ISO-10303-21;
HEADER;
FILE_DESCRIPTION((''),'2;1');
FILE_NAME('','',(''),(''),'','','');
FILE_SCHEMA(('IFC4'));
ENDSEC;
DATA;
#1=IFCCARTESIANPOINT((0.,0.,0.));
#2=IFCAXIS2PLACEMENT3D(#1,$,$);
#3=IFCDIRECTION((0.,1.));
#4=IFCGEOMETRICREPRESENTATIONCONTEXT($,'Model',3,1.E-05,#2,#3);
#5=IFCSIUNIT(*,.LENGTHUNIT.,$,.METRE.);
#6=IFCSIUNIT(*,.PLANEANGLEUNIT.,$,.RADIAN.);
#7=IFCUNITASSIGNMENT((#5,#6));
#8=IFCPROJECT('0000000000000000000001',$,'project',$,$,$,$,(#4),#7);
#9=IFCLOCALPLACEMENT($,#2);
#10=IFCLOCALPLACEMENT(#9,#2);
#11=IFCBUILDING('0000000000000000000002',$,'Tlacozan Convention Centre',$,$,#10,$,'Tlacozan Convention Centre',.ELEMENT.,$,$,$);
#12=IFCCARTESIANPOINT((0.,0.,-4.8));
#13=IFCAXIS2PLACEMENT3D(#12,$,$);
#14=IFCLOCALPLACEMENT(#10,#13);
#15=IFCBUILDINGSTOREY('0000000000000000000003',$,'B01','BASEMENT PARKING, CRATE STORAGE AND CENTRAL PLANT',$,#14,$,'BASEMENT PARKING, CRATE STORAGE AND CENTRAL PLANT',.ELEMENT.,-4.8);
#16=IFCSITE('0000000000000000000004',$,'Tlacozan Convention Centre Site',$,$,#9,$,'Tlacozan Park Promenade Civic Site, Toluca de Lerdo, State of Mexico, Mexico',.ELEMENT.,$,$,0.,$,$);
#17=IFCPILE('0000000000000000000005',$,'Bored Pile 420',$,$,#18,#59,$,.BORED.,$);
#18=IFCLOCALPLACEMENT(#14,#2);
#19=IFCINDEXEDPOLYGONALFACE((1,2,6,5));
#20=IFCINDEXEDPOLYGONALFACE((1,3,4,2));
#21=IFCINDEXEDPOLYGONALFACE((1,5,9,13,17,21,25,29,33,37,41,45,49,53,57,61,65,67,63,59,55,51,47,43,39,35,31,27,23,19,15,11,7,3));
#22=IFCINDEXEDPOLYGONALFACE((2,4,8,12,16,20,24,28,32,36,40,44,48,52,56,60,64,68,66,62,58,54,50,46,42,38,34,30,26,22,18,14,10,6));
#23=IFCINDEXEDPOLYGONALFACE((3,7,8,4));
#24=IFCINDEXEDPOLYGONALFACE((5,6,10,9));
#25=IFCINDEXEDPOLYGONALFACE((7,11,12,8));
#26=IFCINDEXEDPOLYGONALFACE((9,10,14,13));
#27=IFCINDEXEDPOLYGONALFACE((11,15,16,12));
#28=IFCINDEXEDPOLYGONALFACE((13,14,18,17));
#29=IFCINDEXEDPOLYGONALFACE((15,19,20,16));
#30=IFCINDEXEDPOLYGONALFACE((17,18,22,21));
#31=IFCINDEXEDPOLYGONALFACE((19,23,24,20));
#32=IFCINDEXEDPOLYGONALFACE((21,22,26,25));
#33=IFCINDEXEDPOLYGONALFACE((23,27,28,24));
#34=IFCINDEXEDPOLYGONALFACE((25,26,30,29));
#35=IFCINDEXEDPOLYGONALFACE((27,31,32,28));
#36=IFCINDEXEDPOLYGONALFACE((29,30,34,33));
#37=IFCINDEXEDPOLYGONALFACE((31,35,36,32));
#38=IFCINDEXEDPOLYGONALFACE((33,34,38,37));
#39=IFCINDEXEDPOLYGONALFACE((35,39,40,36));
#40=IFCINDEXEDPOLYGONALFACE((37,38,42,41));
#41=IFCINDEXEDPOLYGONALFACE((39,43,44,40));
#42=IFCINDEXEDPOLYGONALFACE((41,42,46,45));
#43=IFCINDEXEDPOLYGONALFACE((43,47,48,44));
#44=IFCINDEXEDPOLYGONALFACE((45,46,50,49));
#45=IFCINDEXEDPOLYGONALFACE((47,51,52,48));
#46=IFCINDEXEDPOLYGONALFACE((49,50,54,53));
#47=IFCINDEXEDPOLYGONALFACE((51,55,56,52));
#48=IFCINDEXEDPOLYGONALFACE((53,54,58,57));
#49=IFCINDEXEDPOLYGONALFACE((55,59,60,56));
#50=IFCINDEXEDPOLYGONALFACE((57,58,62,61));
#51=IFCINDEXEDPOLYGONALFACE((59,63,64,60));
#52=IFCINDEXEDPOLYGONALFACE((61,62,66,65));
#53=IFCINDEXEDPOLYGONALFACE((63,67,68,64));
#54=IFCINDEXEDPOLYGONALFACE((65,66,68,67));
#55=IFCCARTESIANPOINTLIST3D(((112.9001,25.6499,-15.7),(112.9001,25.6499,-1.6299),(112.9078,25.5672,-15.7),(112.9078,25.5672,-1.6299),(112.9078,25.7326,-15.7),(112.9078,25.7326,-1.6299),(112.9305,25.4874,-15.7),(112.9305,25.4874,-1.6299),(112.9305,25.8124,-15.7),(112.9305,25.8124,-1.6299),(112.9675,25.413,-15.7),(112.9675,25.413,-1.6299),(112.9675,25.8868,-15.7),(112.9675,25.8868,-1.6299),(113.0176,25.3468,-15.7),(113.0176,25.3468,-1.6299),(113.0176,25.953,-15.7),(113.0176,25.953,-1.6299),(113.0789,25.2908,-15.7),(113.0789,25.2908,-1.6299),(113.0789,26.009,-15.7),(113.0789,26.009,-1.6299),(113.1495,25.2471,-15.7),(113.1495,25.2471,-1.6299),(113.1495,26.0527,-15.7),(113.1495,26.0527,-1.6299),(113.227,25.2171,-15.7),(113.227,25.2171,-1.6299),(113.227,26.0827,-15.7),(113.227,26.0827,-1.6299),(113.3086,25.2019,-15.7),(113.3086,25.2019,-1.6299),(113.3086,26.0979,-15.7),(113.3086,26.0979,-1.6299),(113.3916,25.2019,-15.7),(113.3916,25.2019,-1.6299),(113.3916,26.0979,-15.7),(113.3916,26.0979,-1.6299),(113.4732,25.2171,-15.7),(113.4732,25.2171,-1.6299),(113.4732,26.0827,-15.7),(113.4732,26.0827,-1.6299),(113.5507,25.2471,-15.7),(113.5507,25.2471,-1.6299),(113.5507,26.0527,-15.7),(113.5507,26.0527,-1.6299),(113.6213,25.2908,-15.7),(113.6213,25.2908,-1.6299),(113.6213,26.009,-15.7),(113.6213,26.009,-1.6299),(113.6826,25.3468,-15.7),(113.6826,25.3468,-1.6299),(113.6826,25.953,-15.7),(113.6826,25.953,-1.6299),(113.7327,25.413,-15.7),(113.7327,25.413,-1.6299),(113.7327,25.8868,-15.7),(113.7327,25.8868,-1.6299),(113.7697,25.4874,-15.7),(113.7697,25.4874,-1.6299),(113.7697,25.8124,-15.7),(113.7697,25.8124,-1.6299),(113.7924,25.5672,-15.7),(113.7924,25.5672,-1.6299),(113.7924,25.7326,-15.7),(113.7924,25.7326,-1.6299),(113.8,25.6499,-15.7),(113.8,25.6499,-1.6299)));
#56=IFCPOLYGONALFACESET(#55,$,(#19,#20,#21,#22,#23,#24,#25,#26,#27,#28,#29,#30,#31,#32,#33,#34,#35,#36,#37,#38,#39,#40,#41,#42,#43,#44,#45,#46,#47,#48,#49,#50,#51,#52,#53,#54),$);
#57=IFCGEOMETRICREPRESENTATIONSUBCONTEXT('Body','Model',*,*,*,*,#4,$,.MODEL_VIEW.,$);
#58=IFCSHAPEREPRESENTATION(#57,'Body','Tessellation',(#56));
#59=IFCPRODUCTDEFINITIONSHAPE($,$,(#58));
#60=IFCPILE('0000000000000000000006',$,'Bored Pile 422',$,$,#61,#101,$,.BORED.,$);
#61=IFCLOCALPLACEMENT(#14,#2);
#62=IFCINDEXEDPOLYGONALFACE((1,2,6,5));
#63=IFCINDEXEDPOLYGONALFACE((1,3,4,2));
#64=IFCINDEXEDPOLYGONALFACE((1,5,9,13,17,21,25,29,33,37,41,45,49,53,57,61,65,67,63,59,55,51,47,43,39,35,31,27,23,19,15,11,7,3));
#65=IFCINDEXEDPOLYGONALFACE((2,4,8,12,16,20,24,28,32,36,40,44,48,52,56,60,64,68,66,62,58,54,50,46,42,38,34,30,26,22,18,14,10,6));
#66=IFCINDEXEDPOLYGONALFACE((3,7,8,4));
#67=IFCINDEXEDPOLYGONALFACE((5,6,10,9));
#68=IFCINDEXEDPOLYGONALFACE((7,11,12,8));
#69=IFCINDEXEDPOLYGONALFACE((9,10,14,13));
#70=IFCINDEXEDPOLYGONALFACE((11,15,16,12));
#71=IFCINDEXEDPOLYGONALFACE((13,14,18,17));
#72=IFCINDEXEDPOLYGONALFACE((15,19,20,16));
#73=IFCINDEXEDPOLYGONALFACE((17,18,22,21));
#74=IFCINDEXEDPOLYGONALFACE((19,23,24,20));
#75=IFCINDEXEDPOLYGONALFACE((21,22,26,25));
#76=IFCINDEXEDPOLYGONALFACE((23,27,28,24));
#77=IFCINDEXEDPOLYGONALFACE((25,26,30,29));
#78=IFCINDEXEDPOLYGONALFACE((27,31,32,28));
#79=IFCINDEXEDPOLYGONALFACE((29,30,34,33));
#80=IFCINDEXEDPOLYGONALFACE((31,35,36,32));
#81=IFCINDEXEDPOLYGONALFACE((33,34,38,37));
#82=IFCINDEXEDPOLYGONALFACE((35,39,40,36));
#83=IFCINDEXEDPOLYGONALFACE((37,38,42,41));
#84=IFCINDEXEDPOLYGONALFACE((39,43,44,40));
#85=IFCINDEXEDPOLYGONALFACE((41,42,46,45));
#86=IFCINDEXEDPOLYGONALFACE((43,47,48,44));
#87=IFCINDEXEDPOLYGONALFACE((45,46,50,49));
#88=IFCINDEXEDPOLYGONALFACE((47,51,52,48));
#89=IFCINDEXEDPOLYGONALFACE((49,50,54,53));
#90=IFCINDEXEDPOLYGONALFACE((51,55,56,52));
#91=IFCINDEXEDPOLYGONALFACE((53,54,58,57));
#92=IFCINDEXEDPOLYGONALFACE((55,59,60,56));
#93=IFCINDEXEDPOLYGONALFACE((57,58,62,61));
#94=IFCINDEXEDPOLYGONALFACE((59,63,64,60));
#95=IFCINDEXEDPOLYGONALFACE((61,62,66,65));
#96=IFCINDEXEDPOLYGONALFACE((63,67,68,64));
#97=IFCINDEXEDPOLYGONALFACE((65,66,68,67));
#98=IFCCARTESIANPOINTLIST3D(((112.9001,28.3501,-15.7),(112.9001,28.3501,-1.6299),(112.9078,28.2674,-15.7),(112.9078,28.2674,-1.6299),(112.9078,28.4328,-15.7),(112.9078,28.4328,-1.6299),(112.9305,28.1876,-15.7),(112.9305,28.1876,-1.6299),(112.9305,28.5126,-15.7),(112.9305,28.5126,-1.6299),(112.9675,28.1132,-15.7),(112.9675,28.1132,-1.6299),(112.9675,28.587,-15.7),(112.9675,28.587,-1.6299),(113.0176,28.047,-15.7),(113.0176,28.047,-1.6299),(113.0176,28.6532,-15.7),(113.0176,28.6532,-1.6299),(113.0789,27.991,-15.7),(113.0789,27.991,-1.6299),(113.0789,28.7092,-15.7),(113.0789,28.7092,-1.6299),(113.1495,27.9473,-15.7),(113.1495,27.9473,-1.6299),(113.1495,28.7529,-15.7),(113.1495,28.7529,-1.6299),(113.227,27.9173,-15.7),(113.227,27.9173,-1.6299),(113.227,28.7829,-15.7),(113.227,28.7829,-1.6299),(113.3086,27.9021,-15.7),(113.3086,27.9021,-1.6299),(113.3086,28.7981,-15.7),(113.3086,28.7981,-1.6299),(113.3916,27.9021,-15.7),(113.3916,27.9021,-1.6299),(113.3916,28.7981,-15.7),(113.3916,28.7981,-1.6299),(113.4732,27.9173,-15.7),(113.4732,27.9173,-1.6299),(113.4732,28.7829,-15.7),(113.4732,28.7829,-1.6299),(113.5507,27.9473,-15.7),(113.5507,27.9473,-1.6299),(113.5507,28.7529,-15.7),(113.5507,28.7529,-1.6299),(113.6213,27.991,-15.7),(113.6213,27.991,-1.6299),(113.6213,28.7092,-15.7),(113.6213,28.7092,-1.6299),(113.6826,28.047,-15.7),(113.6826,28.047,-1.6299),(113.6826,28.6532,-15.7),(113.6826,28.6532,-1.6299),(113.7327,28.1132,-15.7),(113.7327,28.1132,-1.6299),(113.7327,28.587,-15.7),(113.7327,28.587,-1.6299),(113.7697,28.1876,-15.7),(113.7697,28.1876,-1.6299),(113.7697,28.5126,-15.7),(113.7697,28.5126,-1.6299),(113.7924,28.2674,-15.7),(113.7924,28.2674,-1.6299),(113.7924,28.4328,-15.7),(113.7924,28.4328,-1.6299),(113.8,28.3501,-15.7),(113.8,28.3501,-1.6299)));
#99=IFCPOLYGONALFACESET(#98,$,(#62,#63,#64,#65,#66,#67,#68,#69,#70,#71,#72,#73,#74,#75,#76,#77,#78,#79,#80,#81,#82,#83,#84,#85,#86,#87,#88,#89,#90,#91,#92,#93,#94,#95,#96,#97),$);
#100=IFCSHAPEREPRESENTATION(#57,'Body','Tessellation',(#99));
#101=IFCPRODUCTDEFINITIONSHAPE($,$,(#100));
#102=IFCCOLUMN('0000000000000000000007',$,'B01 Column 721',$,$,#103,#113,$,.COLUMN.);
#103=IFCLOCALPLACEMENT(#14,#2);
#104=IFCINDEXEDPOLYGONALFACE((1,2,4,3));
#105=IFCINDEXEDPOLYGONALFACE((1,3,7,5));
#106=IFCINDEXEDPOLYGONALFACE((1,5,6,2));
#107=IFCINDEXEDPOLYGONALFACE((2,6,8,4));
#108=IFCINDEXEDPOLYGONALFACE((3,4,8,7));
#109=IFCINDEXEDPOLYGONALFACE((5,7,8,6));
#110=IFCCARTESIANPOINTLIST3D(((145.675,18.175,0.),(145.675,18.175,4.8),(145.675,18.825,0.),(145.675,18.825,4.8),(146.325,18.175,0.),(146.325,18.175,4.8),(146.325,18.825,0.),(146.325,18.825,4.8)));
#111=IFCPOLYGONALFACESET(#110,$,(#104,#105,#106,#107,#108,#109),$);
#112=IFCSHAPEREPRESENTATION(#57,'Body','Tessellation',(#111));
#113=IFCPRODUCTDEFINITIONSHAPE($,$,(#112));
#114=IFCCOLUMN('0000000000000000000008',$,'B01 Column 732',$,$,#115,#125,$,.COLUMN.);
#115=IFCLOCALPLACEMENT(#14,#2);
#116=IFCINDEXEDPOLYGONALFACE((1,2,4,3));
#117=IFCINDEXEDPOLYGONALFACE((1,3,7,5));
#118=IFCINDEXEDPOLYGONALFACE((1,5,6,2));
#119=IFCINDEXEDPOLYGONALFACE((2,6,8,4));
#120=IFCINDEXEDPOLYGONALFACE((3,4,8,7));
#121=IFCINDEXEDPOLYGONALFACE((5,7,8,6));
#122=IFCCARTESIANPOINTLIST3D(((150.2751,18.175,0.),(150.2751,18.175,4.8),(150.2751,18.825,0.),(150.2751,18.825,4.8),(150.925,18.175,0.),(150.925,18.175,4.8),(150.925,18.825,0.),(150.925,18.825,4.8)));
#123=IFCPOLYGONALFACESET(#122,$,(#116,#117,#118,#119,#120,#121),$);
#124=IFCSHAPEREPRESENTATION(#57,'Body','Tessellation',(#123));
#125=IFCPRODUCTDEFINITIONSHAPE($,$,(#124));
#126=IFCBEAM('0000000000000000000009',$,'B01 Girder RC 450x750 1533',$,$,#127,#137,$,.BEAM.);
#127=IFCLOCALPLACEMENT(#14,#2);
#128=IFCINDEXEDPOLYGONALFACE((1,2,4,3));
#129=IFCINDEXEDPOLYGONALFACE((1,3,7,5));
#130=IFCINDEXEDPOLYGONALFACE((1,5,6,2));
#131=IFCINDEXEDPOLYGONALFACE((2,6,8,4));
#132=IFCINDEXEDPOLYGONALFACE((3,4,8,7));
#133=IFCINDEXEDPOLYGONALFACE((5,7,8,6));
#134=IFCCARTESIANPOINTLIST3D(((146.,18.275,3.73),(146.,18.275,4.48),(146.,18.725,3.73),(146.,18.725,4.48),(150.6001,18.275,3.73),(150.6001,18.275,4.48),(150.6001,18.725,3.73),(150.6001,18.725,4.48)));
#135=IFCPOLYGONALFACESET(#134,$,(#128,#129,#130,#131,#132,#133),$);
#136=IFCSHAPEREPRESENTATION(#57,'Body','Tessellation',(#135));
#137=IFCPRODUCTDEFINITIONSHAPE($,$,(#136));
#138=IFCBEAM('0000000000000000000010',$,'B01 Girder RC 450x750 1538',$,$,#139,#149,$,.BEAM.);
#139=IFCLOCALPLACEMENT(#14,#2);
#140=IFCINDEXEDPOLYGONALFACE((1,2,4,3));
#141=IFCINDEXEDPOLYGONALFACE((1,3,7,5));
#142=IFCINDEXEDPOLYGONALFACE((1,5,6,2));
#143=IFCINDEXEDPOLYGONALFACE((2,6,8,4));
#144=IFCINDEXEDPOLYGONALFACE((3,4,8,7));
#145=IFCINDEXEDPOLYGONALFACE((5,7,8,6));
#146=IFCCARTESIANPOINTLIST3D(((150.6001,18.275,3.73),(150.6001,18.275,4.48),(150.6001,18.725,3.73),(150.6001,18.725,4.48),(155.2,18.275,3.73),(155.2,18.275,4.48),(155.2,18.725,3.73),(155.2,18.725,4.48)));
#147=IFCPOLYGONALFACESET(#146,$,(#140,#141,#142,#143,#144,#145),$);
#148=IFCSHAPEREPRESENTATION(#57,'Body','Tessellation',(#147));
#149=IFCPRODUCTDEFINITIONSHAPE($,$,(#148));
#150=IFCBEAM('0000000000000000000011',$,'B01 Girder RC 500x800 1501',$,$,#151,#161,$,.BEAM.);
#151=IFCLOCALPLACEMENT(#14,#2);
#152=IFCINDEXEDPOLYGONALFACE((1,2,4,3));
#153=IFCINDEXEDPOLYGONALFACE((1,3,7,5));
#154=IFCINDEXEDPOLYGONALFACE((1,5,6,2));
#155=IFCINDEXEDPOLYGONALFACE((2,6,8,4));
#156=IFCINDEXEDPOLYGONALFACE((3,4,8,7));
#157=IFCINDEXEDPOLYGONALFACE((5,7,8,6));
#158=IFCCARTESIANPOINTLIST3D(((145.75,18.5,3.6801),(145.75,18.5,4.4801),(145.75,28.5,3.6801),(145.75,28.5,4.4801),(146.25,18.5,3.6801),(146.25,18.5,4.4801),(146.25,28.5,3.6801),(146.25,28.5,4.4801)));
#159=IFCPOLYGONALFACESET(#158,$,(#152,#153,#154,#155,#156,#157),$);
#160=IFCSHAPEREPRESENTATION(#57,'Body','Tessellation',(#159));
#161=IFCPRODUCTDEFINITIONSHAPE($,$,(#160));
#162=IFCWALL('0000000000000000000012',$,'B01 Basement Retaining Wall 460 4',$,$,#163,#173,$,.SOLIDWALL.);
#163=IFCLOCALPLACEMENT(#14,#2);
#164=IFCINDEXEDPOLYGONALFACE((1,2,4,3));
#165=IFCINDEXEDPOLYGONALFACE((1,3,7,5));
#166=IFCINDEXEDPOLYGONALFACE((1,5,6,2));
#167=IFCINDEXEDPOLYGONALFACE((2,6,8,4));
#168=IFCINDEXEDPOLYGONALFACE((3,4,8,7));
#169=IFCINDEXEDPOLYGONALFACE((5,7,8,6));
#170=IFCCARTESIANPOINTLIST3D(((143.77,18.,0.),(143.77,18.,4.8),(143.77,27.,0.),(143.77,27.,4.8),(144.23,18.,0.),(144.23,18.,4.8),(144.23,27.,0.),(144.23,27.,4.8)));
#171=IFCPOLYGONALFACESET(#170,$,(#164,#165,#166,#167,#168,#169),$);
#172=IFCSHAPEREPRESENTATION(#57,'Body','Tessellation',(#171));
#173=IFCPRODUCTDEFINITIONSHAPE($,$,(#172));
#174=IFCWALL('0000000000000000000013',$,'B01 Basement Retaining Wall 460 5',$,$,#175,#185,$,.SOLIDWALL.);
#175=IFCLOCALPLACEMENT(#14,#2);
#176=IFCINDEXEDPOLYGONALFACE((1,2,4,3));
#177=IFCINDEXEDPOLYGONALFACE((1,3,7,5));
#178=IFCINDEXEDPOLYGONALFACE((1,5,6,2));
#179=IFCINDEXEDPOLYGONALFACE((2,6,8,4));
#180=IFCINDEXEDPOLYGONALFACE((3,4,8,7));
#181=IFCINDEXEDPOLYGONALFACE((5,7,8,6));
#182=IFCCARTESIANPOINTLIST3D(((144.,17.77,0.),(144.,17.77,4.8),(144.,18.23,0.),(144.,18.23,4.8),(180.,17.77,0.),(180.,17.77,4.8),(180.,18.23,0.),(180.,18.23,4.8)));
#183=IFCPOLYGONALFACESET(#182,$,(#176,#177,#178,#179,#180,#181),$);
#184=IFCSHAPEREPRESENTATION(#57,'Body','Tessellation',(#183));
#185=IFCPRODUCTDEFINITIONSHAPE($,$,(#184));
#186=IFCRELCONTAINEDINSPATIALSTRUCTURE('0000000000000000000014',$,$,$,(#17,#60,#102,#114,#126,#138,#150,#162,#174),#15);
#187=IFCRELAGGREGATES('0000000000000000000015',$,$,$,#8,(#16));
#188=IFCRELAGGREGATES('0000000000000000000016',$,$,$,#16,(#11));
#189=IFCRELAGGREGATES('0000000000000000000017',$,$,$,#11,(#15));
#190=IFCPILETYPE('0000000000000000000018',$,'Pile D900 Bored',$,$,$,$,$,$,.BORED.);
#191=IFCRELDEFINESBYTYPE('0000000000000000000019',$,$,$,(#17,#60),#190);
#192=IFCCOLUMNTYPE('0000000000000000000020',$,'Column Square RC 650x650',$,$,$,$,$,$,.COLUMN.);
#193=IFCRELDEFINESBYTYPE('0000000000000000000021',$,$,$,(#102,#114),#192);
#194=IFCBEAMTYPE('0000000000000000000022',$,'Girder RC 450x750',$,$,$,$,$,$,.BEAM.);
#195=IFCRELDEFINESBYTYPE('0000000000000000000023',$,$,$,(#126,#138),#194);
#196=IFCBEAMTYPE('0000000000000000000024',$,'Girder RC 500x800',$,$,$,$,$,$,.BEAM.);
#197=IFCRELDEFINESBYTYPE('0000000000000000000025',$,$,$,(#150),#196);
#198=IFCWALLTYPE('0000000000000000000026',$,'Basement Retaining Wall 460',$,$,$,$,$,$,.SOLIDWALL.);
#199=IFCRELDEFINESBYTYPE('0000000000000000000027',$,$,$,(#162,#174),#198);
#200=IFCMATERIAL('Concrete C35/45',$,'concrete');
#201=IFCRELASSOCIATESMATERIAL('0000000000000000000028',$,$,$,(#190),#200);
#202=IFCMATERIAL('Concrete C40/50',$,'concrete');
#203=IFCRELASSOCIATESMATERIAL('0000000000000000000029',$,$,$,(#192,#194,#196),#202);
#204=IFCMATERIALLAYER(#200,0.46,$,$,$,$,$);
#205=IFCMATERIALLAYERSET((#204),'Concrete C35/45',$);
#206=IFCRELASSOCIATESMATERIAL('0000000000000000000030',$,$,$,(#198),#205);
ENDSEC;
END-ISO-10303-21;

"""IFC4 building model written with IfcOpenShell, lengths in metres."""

from ifc_helpers import new_model, si_unit, direction, frame, frame_2d, origin, origin_2d, place, context, subcontext, project, spatial, rectangle, circle, extrude, material, layer, layer_set, material_profile, profile_set, type_object, element, save


model = new_model("IFC4")

# Units and contexts
model_context = context("Model", 3, precision=1e-05, world=origin(), true_north=direction((0.0, 1.0)))
body_context = subcontext(model_context, "Body", "Model", "MODEL_VIEW")
ifc_project = project(units=[si_unit("LENGTHUNIT", "METRE"), si_unit("PLANEANGLEUNIT", "RADIAN")], contexts=[model_context])

# Site, building, storey
site_placement = place(None, origin())
site = spatial("IfcSite", under=ifc_project, at=site_placement, Name="Tlacozan Convention Centre Site", LongName="Tlacozan Park Promenade Civic Site, Toluca de Lerdo, State of Mexico, Mexico", CompositionType="ELEMENT", RefElevation=0.0)
building_placement = place(site_placement, origin())
building = spatial("IfcBuilding", under=site, at=building_placement, Name="Tlacozan Convention Centre", LongName="Tlacozan Convention Centre", CompositionType="ELEMENT")
storey_placement = place(building_placement, frame((0.0, 0.0, -4.8)))
storey = spatial("IfcBuildingStorey", under=building, at=storey_placement, Name="B01", Description="BASEMENT PARKING, CRATE STORAGE AND CENTRAL PLANT", LongName="BASEMENT PARKING, CRATE STORAGE AND CENTRAL PLANT", CompositionType="ELEMENT", Elevation=-4.8)

# Shared definitions
ifc_material_1 = material(Name="Concrete C35/45", Category="concrete")

# Piles
ifc_material_profile_1 = material_profile(ifc_material_1, circle(Radius=0.45, at=origin_2d()), Name="PILE D900")
ifc_profile_set_1 = profile_set([ifc_material_profile_1], Name="Concrete C35/45")
pile_type_1 = type_object("IfcPileType", Name="Pile D900 Bored", PredefinedType="BORED", material=ifc_profile_set_1)
for number, where, z_axis, x_axis, name in (
    (1, (113.3501, 25.6499, -1.6299), (0.0, 0.0, -1.0), (1.0, 0.0, 0.0), "Bored Pile 420"),
    (2, (113.3501, 28.3501, -1.6299), (0.0, 0.0, -1.0), (1.0, 0.0, 0.0), "Bored Pile 422"),
):
    element("IfcPile", number, at=place(storey_placement, frame(where, z_axis=z_axis, x_axis=x_axis)), inside=storey, type_object=pile_type_1, Name=name, PredefinedType="BORED", context=body_context, shape_type="SweptSolid", body=[
        extrude(circle(Radius=0.45, at=origin_2d()), origin(), (0.0, 0.0, 1.0), 14.0701),
    ])

# Columns
ifc_material_2 = material(Name="Concrete C40/50", Category="concrete")
ifc_material_profile_2 = material_profile(ifc_material_2, rectangle(XDim=0.6499, YDim=0.6499, at=origin_2d()), Name="RC 650x650")
ifc_profile_set_2 = profile_set([ifc_material_profile_2], Name="Concrete C40/50")
column_type = type_object("IfcColumnType", Name="Column Square RC 650x650", PredefinedType="COLUMN", material=ifc_profile_set_2)
for number, where, z_axis, x_axis, name in (
    (3, (146.0, 18.5, 0.0), (0.0, 0.0, 1.0), (1.0, 0.0, 0.0), "B01 Column 721"),
    (4, (150.6001, 18.5, 0.0), (0.0, 0.0, 1.0), (1.0, 0.0, 0.0), "B01 Column 732"),
):
    element("IfcColumn", number, at=place(storey_placement, frame(where, z_axis=z_axis, x_axis=x_axis)), inside=storey, type_object=column_type, Name=name, PredefinedType="COLUMN", context=body_context, shape_type="SweptSolid", body=[
        extrude(rectangle(XDim=0.6499, YDim=0.6499, at=origin_2d()), origin(), (0.0, 0.0, 1.0), 4.8),
    ])

# Beams
ifc_material_profile_3 = material_profile(ifc_material_2, rectangle(XDim=0.45, YDim=0.75, at=origin_2d()), Name="RC 450x750")
ifc_profile_set_3 = profile_set([ifc_material_profile_3], Name="Concrete C40/50")
beam_type_1 = type_object("IfcBeamType", Name="Girder RC 450x750", PredefinedType="BEAM", material=ifc_profile_set_3)
beam_1_placement = place(storey_placement, frame((146.0, 18.5, 4.105), z_axis=(1.0, 0.0, 0.0), x_axis=(0.0, 1.0, 0.0)))
element("IfcBeam", 5, at=beam_1_placement, inside=storey, type_object=beam_type_1, Name="B01 Girder RC 450x750 1533", PredefinedType="BEAM", context=body_context, shape_type="SweptSolid", body=[
    extrude(rectangle(XDim=0.45, YDim=0.75, at=origin_2d()), origin(), (0.0, 0.0, 1.0), 4.6001),
])
beam_2_placement = place(storey_placement, frame((150.6001, 18.5, 4.105), z_axis=(1.0, 0.0, 0.0), x_axis=(0.0, 1.0, 0.0)))
element("IfcBeam", 6, at=beam_2_placement, inside=storey, type_object=beam_type_1, Name="B01 Girder RC 450x750 1538", PredefinedType="BEAM", context=body_context, shape_type="SweptSolid", body=[
    extrude(rectangle(XDim=0.45, YDim=0.75, at=origin_2d()), origin(), (0.0, 0.0, 1.0), 4.5999),
])
ifc_material_profile_4 = material_profile(ifc_material_2, rectangle(XDim=0.5, YDim=0.8, at=origin_2d()), Name="RC 500x800")
ifc_profile_set_4 = profile_set([ifc_material_profile_4], Name="Concrete C40/50")
beam_type_2 = type_object("IfcBeamType", Name="Girder RC 500x800", PredefinedType="BEAM", material=ifc_profile_set_4)
beam_3_placement = place(storey_placement, frame((146.0, 18.5, 4.0801), z_axis=(0.0, 1.0, 0.0), x_axis=(-1.0, 0.0, 0.0)))
element("IfcBeam", 7, at=beam_3_placement, inside=storey, type_object=beam_type_2, Name="B01 Girder RC 500x800 1501", PredefinedType="BEAM", context=body_context, shape_type="SweptSolid", body=[
    extrude(rectangle(XDim=0.5, YDim=0.8, at=origin_2d()), origin(), (0.0, 0.0, 1.0), 10.0),
])

# Walls
ifc_layer_1 = layer(ifc_material_1, 0.46)
ifc_layer_set_1 = layer_set([ifc_layer_1], Name="Concrete C35/45")
wall_type_1 = type_object("IfcWallType", Name="Basement Retaining Wall 460", PredefinedType="SOLIDWALL", material=ifc_layer_set_1)
wall_1_placement = place(storey_placement, frame((144.0, 27.0, 0.0), z_axis=(0.0, 0.0, 1.0), x_axis=(0.0, -1.0, 0.0)))
element("IfcWall", 8, at=wall_1_placement, inside=storey, type_object=wall_type_1, Name="B01 Basement Retaining Wall 460 4", PredefinedType="SOLIDWALL", context=body_context, shape_type="SweptSolid", body=[
    extrude(rectangle(XDim=9.0, YDim=0.46, at=frame_2d((4.5, 0.0))), origin(), (0.0, 0.0, 1.0), 4.8),
])
wall_2_placement = place(storey_placement, frame((144.0, 18.0, 0.0), z_axis=(0.0, 0.0, 1.0), x_axis=(1.0, 0.0, 0.0)))
element("IfcWall", 9, at=wall_2_placement, inside=storey, type_object=wall_type_1, Name="B01 Basement Retaining Wall 460 5", PredefinedType="SOLIDWALL", context=body_context, shape_type="SweptSolid", body=[
    extrude(rectangle(XDim=36.0, YDim=0.46, at=frame_2d((18.0, 0.0))), origin(), (0.0, 0.0, 1.0), 4.8),
])

save(model, "model.ifc")
